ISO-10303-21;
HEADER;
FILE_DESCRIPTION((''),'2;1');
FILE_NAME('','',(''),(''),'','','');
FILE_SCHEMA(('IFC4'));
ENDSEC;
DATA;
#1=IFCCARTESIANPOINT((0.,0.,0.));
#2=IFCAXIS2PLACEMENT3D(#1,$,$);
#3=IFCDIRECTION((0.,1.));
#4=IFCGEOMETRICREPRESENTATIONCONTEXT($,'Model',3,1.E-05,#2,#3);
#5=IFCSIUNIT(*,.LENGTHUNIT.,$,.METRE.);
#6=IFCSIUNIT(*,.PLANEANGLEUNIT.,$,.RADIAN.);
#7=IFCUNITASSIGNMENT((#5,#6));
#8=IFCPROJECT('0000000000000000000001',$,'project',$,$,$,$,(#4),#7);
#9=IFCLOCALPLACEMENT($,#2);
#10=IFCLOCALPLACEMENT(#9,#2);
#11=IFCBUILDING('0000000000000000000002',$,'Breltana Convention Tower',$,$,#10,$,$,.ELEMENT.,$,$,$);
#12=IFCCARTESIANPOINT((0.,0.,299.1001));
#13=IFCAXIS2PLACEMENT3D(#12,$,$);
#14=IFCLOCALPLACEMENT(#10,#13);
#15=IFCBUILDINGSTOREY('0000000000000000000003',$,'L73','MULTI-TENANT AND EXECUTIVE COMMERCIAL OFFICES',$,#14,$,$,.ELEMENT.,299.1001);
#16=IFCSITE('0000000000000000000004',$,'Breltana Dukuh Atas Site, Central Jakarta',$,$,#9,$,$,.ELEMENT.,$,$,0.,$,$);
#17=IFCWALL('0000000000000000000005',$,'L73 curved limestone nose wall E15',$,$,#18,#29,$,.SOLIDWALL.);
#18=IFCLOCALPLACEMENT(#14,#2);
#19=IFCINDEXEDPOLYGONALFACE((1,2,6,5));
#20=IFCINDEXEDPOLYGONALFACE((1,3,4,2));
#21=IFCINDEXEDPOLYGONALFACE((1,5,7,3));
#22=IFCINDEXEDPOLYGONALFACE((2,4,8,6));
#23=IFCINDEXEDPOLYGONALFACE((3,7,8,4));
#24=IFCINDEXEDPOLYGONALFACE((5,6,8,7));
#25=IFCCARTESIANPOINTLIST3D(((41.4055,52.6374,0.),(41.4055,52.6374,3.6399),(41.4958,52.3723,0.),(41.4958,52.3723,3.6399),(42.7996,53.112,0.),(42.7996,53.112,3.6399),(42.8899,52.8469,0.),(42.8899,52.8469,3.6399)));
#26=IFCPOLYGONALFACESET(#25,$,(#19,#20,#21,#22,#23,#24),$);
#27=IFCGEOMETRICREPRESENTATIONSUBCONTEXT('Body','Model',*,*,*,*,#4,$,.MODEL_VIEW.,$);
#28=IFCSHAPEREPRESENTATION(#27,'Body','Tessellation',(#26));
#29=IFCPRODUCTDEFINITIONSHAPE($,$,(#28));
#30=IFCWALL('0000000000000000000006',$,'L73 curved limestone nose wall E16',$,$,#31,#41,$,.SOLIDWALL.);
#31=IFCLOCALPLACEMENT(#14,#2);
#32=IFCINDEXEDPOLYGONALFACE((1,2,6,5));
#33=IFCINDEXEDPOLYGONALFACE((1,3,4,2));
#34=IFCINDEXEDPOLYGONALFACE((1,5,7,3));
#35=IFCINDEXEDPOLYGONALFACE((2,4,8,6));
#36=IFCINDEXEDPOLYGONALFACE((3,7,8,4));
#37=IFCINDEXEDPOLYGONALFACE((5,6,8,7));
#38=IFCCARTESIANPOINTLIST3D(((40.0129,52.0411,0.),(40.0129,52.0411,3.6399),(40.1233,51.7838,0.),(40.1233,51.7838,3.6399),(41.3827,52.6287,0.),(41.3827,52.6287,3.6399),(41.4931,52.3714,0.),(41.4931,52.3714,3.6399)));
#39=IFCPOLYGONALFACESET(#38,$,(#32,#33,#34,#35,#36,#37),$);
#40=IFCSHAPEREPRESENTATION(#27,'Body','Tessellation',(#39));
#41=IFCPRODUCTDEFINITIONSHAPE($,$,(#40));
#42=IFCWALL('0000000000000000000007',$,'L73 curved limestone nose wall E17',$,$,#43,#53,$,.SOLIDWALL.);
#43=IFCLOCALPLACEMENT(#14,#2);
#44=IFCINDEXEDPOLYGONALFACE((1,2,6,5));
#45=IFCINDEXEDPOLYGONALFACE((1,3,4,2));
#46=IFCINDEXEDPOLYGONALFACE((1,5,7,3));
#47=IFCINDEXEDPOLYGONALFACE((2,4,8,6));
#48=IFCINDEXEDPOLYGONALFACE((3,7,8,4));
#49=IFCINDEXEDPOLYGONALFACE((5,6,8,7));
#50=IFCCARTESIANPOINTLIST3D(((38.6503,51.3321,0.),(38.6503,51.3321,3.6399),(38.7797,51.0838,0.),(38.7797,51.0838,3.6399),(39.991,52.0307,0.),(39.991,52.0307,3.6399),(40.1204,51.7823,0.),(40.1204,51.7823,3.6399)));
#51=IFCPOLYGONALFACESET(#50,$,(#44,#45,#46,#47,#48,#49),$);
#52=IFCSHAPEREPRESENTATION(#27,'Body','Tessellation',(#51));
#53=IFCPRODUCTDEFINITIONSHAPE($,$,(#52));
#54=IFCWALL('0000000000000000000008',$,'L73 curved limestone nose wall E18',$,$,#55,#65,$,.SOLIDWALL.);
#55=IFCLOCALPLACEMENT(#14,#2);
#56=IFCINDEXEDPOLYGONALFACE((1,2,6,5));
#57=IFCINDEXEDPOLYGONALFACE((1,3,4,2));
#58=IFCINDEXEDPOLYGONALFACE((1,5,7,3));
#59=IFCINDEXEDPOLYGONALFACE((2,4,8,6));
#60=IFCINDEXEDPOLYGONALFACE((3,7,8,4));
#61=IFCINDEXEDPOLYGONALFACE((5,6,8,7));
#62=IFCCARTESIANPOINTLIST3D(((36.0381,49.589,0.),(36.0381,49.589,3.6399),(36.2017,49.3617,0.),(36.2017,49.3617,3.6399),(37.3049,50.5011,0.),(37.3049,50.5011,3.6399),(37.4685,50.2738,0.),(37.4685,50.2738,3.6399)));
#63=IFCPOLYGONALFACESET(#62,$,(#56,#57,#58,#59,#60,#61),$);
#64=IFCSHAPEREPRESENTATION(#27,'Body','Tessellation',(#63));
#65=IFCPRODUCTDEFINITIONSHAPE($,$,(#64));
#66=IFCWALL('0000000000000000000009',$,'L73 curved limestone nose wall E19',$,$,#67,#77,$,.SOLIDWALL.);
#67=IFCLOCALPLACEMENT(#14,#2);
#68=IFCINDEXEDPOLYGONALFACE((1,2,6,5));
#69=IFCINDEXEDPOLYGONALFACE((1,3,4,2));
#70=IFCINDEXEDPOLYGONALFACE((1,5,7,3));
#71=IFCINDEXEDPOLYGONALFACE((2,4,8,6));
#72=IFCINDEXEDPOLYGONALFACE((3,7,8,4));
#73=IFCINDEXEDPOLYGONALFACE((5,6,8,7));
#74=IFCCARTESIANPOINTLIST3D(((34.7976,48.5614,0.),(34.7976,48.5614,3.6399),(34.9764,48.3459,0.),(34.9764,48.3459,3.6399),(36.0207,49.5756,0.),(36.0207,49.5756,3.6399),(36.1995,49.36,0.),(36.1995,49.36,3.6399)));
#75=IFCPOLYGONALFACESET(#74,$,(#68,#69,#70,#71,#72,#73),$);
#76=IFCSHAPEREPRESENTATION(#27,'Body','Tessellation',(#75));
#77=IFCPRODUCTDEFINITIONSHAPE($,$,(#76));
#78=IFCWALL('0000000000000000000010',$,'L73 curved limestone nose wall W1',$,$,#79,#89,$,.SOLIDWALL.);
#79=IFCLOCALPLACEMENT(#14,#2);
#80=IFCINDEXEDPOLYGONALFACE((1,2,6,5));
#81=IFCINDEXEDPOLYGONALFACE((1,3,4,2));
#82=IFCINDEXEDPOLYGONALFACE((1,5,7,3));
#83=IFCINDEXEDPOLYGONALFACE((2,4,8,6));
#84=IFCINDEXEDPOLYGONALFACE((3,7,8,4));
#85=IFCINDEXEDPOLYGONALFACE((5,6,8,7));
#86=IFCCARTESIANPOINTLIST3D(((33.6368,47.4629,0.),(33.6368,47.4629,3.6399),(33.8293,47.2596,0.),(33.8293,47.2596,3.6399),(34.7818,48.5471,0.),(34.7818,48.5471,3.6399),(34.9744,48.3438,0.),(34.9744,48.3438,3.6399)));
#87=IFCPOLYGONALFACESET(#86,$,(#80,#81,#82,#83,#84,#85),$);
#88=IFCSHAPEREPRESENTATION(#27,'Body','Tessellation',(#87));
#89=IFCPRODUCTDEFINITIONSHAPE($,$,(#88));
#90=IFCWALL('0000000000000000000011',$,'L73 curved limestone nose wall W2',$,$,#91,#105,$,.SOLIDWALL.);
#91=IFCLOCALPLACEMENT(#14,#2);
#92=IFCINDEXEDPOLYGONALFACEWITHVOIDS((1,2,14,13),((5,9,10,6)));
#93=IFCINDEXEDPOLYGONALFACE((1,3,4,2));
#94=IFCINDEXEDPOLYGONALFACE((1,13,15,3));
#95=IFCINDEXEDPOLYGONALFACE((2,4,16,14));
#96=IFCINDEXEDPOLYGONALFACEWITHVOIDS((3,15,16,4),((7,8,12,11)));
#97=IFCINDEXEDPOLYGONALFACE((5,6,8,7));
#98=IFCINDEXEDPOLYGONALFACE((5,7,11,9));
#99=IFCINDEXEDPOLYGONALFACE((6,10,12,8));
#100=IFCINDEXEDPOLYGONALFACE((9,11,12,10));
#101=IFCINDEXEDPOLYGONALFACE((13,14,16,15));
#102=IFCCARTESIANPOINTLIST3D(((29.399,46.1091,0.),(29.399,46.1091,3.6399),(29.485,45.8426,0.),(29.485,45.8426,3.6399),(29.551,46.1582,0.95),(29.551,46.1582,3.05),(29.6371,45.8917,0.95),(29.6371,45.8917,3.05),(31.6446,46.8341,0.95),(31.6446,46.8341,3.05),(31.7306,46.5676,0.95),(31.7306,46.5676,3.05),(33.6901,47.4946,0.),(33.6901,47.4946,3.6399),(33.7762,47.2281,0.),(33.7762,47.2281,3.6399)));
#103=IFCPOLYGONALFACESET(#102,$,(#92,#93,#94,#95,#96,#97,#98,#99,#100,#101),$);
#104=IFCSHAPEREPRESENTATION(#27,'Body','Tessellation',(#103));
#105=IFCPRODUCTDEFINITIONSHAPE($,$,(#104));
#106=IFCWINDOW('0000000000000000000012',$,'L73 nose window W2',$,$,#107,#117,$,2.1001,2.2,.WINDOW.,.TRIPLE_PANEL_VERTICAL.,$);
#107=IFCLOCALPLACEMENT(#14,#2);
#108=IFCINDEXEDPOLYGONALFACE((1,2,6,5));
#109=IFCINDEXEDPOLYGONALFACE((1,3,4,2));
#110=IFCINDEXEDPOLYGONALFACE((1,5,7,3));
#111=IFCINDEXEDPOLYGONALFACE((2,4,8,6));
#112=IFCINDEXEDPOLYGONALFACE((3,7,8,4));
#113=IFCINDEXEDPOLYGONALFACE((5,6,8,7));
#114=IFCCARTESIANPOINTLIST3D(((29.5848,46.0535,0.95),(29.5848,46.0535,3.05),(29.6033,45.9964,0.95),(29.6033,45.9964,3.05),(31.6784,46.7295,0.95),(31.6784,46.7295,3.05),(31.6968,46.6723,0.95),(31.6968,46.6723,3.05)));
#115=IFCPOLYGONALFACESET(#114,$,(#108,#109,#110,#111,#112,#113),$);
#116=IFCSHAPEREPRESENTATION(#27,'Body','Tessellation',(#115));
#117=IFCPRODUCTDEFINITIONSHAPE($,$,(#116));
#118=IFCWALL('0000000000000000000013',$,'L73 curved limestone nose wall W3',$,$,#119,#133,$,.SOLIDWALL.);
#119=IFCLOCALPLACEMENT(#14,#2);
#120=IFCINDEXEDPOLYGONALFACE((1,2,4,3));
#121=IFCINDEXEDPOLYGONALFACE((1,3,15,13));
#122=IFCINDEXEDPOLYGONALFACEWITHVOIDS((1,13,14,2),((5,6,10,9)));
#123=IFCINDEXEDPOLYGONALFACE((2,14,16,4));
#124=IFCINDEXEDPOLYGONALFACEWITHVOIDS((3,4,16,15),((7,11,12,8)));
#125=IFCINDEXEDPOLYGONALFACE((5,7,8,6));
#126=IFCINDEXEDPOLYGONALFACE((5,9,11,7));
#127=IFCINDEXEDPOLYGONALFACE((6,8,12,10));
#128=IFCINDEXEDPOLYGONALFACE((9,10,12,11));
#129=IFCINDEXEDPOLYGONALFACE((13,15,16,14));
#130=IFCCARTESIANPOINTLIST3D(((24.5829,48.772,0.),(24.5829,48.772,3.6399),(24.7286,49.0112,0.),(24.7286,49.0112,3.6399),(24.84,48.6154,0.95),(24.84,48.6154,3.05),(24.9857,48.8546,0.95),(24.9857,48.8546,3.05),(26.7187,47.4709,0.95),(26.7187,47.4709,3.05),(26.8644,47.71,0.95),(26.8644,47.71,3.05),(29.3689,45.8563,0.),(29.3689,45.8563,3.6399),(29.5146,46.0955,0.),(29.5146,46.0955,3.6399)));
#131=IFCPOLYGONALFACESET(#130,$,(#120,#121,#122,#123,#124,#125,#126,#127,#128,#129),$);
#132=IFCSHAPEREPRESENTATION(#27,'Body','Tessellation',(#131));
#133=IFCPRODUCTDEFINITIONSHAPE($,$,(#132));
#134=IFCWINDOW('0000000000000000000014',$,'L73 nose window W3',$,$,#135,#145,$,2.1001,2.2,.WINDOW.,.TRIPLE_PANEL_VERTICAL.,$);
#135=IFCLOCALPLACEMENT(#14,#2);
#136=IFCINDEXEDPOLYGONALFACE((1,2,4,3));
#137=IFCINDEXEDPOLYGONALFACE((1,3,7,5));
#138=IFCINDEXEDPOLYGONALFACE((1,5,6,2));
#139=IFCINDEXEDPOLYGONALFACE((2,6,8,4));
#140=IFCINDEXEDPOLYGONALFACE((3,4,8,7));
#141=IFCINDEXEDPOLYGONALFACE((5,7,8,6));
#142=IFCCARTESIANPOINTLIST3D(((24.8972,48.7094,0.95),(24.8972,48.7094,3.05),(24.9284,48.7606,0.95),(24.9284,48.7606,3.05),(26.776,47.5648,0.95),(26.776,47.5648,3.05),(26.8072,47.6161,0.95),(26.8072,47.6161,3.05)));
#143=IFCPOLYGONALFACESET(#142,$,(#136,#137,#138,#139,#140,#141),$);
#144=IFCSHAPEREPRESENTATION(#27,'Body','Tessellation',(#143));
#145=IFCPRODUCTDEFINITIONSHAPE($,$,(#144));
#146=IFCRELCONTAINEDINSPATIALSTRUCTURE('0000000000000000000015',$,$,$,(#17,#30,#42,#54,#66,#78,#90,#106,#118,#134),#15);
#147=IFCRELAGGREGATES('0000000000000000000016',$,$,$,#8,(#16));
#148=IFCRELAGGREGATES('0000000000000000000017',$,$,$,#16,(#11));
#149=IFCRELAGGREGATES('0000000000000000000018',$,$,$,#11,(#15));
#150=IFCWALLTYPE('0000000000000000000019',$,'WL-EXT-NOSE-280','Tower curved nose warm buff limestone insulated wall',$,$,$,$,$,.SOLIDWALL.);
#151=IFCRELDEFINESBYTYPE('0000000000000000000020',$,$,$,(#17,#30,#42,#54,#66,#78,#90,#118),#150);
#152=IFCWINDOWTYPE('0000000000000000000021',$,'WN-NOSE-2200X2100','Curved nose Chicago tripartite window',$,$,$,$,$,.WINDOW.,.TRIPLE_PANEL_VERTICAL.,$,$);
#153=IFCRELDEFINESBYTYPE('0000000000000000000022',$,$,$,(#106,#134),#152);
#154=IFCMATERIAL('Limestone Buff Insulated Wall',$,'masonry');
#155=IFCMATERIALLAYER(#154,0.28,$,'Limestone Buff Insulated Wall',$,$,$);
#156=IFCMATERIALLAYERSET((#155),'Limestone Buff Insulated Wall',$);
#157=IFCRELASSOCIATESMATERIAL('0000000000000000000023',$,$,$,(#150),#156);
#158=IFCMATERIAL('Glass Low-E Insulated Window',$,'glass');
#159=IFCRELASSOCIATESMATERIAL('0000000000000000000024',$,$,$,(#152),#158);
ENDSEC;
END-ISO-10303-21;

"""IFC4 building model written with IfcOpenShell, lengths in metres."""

from ifc_helpers import new_model, si_unit, direction, frame, frame_2d, origin, place, context, subcontext, project, spatial, rectangle, extrude, source, transform, mapped, material, layer, layer_set, type_object, type_shapes, element, fill, save


model = new_model("IFC4")

# Units and contexts
model_context = context("Model", 3, precision=1e-05, world=origin(), true_north=direction((0.0, 1.0)))
body_context = subcontext(model_context, "Body", "Model", "MODEL_VIEW")
ifc_project = project(units=[si_unit("LENGTHUNIT", "METRE"), si_unit("PLANEANGLEUNIT", "RADIAN")], contexts=[model_context])

# Site, building, storey
site_placement = place(None, origin())
site = spatial("IfcSite", under=ifc_project, at=site_placement, Name="Breltana Dukuh Atas Site, Central Jakarta", CompositionType="ELEMENT", RefElevation=0.0)
building_placement = place(site_placement, origin())
building = spatial("IfcBuilding", under=site, at=building_placement, Name="Breltana Convention Tower", CompositionType="ELEMENT")
storey_placement = place(building_placement, frame((0.0, 0.0, 299.1001)))
storey = spatial("IfcBuildingStorey", under=building, at=storey_placement, Name="L73", Description="MULTI-TENANT AND EXECUTIVE COMMERCIAL OFFICES", CompositionType="ELEMENT", Elevation=299.1001)

# Walls
ifc_material_1 = material(Name="Limestone Buff Insulated Wall", Category="masonry")
ifc_layer_1 = layer(ifc_material_1, 0.28, Name="Limestone Buff Insulated Wall")
ifc_layer_set_1 = layer_set([ifc_layer_1], Name="Limestone Buff Insulated Wall")
wall_type_1 = type_object("IfcWallType", Name="WL-EXT-NOSE-280", Description="Tower curved nose warm buff limestone insulated wall", PredefinedType="SOLIDWALL", material=ifc_layer_set_1)
shared_shape_1 = source(origin(), body_context, "Body", "SweptSolid", [
    extrude(rectangle(XDim=1.4727, YDim=0.28, at=frame_2d((0.7363, 0.0))), origin(), (0.0, 0.0, 1.0), 3.6399),
])
wall_1_placement = place(storey_placement, frame((42.8447, 52.9795, 0.0), z_axis=(0.0, 0.0, 1.0), x_axis=(-0.946641, -0.322289, 0.0)))
element("IfcWall", 1, at=wall_1_placement, inside=storey, type_object=wall_type_1, Name="L73 curved limestone nose wall E15", PredefinedType="SOLIDWALL", context=body_context, shape_type="MappedRepresentation", body=[
    mapped(shared_shape_1, transform((0.0, 0.0, 0.0), scale=1.0)),
])
shared_shape_2 = source(origin(), body_context, "Body", "SweptSolid", [
    extrude(rectangle(XDim=1.4905, YDim=0.28, at=frame_2d((0.7451, 0.0))), origin(), (0.0, 0.0, 1.0), 3.6399),
])
wall_2_placement = place(storey_placement, frame((41.4377, 52.5, 0.0), z_axis=(0.0, 0.0, 1.0), x_axis=(-0.919009, -0.394236, 0.0)))
element("IfcWall", 2, at=wall_2_placement, inside=storey, type_object=wall_type_1, Name="L73 curved limestone nose wall E16", PredefinedType="SOLIDWALL", context=body_context, shape_type="MappedRepresentation", body=[
    mapped(shared_shape_2, transform((0.0, 0.0, 0.0), scale=1.0)),
])
shared_shape_3 = source(origin(), body_context, "Body", "SweptSolid", [
    extrude(rectangle(XDim=1.5117, YDim=0.28, at=frame_2d((0.7559, 0.0))), origin(), (0.0, 0.0, 1.0), 3.6399),
])
wall_3_placement = place(storey_placement, frame((40.0557, 51.9065, 0.0), z_axis=(0.0, 0.0, 1.0), x_axis=(-0.886841, -0.462075, 0.0)))
element("IfcWall", 3, at=wall_3_placement, inside=storey, type_object=wall_type_1, Name="L73 curved limestone nose wall E17", PredefinedType="SOLIDWALL", context=body_context, shape_type="MappedRepresentation", body=[
    mapped(shared_shape_3, transform((0.0, 0.0, 0.0), scale=1.0)),
])
shared_shape_4 = source(origin(), body_context, "Body", "SweptSolid", [
    extrude(rectangle(XDim=1.561, YDim=0.28, at=frame_2d((0.7805, 0.0))), origin(), (0.0, 0.0, 1.0), 3.6399),
])
wall_4_placement = place(storey_placement, frame((37.3867, 50.3875, 0.0), z_axis=(0.0, 0.0, 1.0), x_axis=(-0.81154, -0.584296, 0.0)))
element("IfcWall", 4, at=wall_4_placement, inside=storey, type_object=wall_type_1, Name="L73 curved limestone nose wall E18", PredefinedType="SOLIDWALL", context=body_context, shape_type="MappedRepresentation", body=[
    mapped(shared_shape_4, transform((0.0, 0.0, 0.0), scale=1.0)),
])
shared_shape_5 = source(origin(), body_context, "Body", "SweptSolid", [
    extrude(rectangle(XDim=1.5889, YDim=0.28, at=frame_2d((0.7944, 0.0))), origin(), (0.0, 0.0, 1.0), 3.6399),
])
wall_5_placement = place(storey_placement, frame((36.1101, 49.4678, 0.0), z_axis=(0.0, 0.0, 1.0), x_axis=(-0.769806, -0.638278, 0.0)))
element("IfcWall", 5, at=wall_5_placement, inside=storey, type_object=wall_type_1, Name="L73 curved limestone nose wall E19", PredefinedType="SOLIDWALL", context=body_context, shape_type="MappedRepresentation", body=[
    mapped(shared_shape_5, transform((0.0, 0.0, 0.0), scale=1.0)),
])
shared_shape_6 = source(origin(), body_context, "Body", "SweptSolid", [
    extrude(rectangle(XDim=1.5769, YDim=0.28, at=frame_2d((0.7886, 0.0))), origin(), (0.0, 0.0, 1.0), 3.6399),
])
wall_6_placement = place(storey_placement, frame((34.8782, 48.4456, 0.0), z_axis=(0.0, 0.0, 1.0), x_axis=(-0.726119, -0.687569, 0.0)))
element("IfcWall", 6, at=wall_6_placement, inside=storey, type_object=wall_type_1, Name="L73 curved limestone nose wall W1", PredefinedType="SOLIDWALL", context=body_context, shape_type="MappedRepresentation", body=[
    mapped(shared_shape_6, transform((0.0, 0.0, 0.0), scale=1.0)),
])

# Walls, openings, windows
shared_shape_7 = source(origin(), body_context, "Body", "SweptSolid", [
    extrude(rectangle(XDim=4.5093, YDim=0.28, at=frame_2d((2.2546, 0.0))), origin(), (0.0, 0.0, 1.0), 3.6399),
])
wall_7_placement = place(storey_placement, frame((33.7332, 47.3613, 0.0), z_axis=(0.0, 0.0, 1.0), x_axis=(-0.951629, -0.307248, 0.0)))
wall_7 = element("IfcWall", 7, at=wall_7_placement, inside=storey, type_object=wall_type_1, Name="L73 curved limestone nose wall W2", PredefinedType="SOLIDWALL", context=body_context, shape_type="MappedRepresentation", body=[
    mapped(shared_shape_7, transform((0.0, 0.0, 0.0), scale=1.0)),
])
opening_1_placement = place(wall_7_placement, frame((2.1494, 0.0, 0.95)))
opening_1 = element("IfcOpeningElement", 8, at=opening_1_placement, cuts=wall_7, PredefinedType="OPENING", context=body_context, shape_type="SweptSolid", body=[
    extrude(rectangle(XDim=2.2, YDim=2.1001, at=frame_2d((1.1001, 1.05))), frame((0.0, 0.1499, 0.0), z_axis=(0.0, -1.0, 0.0), x_axis=(1.0, 0.0, 0.0)), (0.0, 0.0, 1.0), 0.3),
])
ifc_material_2 = material(Name="Glass Low-E Insulated Window", Category="glass")
window_type = type_object("IfcWindowType", Name="WN-NOSE-2200X2100", Description="Curved nose Chicago tripartite window", PartitioningType="TRIPLE_PANEL_VERTICAL", PredefinedType="WINDOW", material=ifc_material_2)
shared_shape_8 = source(origin(), body_context, "Body", "SweptSolid", [
    extrude(rectangle(XDim=2.2, YDim=2.1001, at=frame_2d((1.1001, 1.05))), frame((0.0, 0.03, 0.0), z_axis=(0.0, -1.0, 0.0), x_axis=(1.0, 0.0, 0.0)), (0.0, 0.0, 1.0), 0.0601),
])
type_shapes(window_type, [shared_shape_8])
window_1_placement = place(opening_1_placement, origin())
window_1 = element("IfcWindow", 9, at=window_1_placement, inside=storey, type_object=window_type, Name="L73 nose window W2", OverallHeight=2.1001, OverallWidth=2.2, PartitioningType="TRIPLE_PANEL_VERTICAL", PredefinedType="WINDOW", context=body_context, shape_type="MappedRepresentation", body=[
    mapped(shared_shape_8, transform((0.0, 0.0, 0.0), scale=1.0)),
])
fill(opening_1, window_1)
shared_shape_9 = source(origin(), body_context, "Body", "SweptSolid", [
    extrude(rectangle(XDim=5.6042, YDim=0.28, at=frame_2d((2.8022, 0.0))), origin(), (0.0, 0.0, 1.0), 3.6399),
])
wall_8_placement = place(storey_placement, frame((29.4419, 45.9758, 0.0), z_axis=(0.0, 0.0, 1.0), x_axis=(-0.854002, 0.520269, 0.0)))
wall_8 = element("IfcWall", 10, at=wall_8_placement, inside=storey, type_object=wall_type_1, Name="L73 curved limestone nose wall W3", PredefinedType="SOLIDWALL", context=body_context, shape_type="MappedRepresentation", body=[
    mapped(shared_shape_9, transform((0.0, 0.0, 0.0), scale=1.0)),
])
opening_2_placement = place(wall_8_placement, frame((3.1033, 0.0, 0.95)))
opening_2 = element("IfcOpeningElement", 11, at=opening_2_placement, cuts=wall_8, PredefinedType="OPENING", context=body_context, shape_type="SweptSolid", body=[
    extrude(rectangle(XDim=2.2, YDim=2.1001, at=frame_2d((1.1001, 1.05))), frame((0.0, 0.1499, 0.0), z_axis=(0.0, -1.0, 0.0), x_axis=(1.0, 0.0, 0.0)), (0.0, 0.0, 1.0), 0.3),
])
window_2_placement = place(opening_2_placement, origin())
window_2 = element("IfcWindow", 12, at=window_2_placement, inside=storey, type_object=window_type, Name="L73 nose window W3", OverallHeight=2.1001, OverallWidth=2.2, PartitioningType="TRIPLE_PANEL_VERTICAL", PredefinedType="WINDOW", context=body_context, shape_type="MappedRepresentation", body=[
    mapped(shared_shape_8, transform((0.0, 0.0, 0.0), scale=1.0)),
])
fill(opening_2, window_2)

save(model, "model.ifc")
